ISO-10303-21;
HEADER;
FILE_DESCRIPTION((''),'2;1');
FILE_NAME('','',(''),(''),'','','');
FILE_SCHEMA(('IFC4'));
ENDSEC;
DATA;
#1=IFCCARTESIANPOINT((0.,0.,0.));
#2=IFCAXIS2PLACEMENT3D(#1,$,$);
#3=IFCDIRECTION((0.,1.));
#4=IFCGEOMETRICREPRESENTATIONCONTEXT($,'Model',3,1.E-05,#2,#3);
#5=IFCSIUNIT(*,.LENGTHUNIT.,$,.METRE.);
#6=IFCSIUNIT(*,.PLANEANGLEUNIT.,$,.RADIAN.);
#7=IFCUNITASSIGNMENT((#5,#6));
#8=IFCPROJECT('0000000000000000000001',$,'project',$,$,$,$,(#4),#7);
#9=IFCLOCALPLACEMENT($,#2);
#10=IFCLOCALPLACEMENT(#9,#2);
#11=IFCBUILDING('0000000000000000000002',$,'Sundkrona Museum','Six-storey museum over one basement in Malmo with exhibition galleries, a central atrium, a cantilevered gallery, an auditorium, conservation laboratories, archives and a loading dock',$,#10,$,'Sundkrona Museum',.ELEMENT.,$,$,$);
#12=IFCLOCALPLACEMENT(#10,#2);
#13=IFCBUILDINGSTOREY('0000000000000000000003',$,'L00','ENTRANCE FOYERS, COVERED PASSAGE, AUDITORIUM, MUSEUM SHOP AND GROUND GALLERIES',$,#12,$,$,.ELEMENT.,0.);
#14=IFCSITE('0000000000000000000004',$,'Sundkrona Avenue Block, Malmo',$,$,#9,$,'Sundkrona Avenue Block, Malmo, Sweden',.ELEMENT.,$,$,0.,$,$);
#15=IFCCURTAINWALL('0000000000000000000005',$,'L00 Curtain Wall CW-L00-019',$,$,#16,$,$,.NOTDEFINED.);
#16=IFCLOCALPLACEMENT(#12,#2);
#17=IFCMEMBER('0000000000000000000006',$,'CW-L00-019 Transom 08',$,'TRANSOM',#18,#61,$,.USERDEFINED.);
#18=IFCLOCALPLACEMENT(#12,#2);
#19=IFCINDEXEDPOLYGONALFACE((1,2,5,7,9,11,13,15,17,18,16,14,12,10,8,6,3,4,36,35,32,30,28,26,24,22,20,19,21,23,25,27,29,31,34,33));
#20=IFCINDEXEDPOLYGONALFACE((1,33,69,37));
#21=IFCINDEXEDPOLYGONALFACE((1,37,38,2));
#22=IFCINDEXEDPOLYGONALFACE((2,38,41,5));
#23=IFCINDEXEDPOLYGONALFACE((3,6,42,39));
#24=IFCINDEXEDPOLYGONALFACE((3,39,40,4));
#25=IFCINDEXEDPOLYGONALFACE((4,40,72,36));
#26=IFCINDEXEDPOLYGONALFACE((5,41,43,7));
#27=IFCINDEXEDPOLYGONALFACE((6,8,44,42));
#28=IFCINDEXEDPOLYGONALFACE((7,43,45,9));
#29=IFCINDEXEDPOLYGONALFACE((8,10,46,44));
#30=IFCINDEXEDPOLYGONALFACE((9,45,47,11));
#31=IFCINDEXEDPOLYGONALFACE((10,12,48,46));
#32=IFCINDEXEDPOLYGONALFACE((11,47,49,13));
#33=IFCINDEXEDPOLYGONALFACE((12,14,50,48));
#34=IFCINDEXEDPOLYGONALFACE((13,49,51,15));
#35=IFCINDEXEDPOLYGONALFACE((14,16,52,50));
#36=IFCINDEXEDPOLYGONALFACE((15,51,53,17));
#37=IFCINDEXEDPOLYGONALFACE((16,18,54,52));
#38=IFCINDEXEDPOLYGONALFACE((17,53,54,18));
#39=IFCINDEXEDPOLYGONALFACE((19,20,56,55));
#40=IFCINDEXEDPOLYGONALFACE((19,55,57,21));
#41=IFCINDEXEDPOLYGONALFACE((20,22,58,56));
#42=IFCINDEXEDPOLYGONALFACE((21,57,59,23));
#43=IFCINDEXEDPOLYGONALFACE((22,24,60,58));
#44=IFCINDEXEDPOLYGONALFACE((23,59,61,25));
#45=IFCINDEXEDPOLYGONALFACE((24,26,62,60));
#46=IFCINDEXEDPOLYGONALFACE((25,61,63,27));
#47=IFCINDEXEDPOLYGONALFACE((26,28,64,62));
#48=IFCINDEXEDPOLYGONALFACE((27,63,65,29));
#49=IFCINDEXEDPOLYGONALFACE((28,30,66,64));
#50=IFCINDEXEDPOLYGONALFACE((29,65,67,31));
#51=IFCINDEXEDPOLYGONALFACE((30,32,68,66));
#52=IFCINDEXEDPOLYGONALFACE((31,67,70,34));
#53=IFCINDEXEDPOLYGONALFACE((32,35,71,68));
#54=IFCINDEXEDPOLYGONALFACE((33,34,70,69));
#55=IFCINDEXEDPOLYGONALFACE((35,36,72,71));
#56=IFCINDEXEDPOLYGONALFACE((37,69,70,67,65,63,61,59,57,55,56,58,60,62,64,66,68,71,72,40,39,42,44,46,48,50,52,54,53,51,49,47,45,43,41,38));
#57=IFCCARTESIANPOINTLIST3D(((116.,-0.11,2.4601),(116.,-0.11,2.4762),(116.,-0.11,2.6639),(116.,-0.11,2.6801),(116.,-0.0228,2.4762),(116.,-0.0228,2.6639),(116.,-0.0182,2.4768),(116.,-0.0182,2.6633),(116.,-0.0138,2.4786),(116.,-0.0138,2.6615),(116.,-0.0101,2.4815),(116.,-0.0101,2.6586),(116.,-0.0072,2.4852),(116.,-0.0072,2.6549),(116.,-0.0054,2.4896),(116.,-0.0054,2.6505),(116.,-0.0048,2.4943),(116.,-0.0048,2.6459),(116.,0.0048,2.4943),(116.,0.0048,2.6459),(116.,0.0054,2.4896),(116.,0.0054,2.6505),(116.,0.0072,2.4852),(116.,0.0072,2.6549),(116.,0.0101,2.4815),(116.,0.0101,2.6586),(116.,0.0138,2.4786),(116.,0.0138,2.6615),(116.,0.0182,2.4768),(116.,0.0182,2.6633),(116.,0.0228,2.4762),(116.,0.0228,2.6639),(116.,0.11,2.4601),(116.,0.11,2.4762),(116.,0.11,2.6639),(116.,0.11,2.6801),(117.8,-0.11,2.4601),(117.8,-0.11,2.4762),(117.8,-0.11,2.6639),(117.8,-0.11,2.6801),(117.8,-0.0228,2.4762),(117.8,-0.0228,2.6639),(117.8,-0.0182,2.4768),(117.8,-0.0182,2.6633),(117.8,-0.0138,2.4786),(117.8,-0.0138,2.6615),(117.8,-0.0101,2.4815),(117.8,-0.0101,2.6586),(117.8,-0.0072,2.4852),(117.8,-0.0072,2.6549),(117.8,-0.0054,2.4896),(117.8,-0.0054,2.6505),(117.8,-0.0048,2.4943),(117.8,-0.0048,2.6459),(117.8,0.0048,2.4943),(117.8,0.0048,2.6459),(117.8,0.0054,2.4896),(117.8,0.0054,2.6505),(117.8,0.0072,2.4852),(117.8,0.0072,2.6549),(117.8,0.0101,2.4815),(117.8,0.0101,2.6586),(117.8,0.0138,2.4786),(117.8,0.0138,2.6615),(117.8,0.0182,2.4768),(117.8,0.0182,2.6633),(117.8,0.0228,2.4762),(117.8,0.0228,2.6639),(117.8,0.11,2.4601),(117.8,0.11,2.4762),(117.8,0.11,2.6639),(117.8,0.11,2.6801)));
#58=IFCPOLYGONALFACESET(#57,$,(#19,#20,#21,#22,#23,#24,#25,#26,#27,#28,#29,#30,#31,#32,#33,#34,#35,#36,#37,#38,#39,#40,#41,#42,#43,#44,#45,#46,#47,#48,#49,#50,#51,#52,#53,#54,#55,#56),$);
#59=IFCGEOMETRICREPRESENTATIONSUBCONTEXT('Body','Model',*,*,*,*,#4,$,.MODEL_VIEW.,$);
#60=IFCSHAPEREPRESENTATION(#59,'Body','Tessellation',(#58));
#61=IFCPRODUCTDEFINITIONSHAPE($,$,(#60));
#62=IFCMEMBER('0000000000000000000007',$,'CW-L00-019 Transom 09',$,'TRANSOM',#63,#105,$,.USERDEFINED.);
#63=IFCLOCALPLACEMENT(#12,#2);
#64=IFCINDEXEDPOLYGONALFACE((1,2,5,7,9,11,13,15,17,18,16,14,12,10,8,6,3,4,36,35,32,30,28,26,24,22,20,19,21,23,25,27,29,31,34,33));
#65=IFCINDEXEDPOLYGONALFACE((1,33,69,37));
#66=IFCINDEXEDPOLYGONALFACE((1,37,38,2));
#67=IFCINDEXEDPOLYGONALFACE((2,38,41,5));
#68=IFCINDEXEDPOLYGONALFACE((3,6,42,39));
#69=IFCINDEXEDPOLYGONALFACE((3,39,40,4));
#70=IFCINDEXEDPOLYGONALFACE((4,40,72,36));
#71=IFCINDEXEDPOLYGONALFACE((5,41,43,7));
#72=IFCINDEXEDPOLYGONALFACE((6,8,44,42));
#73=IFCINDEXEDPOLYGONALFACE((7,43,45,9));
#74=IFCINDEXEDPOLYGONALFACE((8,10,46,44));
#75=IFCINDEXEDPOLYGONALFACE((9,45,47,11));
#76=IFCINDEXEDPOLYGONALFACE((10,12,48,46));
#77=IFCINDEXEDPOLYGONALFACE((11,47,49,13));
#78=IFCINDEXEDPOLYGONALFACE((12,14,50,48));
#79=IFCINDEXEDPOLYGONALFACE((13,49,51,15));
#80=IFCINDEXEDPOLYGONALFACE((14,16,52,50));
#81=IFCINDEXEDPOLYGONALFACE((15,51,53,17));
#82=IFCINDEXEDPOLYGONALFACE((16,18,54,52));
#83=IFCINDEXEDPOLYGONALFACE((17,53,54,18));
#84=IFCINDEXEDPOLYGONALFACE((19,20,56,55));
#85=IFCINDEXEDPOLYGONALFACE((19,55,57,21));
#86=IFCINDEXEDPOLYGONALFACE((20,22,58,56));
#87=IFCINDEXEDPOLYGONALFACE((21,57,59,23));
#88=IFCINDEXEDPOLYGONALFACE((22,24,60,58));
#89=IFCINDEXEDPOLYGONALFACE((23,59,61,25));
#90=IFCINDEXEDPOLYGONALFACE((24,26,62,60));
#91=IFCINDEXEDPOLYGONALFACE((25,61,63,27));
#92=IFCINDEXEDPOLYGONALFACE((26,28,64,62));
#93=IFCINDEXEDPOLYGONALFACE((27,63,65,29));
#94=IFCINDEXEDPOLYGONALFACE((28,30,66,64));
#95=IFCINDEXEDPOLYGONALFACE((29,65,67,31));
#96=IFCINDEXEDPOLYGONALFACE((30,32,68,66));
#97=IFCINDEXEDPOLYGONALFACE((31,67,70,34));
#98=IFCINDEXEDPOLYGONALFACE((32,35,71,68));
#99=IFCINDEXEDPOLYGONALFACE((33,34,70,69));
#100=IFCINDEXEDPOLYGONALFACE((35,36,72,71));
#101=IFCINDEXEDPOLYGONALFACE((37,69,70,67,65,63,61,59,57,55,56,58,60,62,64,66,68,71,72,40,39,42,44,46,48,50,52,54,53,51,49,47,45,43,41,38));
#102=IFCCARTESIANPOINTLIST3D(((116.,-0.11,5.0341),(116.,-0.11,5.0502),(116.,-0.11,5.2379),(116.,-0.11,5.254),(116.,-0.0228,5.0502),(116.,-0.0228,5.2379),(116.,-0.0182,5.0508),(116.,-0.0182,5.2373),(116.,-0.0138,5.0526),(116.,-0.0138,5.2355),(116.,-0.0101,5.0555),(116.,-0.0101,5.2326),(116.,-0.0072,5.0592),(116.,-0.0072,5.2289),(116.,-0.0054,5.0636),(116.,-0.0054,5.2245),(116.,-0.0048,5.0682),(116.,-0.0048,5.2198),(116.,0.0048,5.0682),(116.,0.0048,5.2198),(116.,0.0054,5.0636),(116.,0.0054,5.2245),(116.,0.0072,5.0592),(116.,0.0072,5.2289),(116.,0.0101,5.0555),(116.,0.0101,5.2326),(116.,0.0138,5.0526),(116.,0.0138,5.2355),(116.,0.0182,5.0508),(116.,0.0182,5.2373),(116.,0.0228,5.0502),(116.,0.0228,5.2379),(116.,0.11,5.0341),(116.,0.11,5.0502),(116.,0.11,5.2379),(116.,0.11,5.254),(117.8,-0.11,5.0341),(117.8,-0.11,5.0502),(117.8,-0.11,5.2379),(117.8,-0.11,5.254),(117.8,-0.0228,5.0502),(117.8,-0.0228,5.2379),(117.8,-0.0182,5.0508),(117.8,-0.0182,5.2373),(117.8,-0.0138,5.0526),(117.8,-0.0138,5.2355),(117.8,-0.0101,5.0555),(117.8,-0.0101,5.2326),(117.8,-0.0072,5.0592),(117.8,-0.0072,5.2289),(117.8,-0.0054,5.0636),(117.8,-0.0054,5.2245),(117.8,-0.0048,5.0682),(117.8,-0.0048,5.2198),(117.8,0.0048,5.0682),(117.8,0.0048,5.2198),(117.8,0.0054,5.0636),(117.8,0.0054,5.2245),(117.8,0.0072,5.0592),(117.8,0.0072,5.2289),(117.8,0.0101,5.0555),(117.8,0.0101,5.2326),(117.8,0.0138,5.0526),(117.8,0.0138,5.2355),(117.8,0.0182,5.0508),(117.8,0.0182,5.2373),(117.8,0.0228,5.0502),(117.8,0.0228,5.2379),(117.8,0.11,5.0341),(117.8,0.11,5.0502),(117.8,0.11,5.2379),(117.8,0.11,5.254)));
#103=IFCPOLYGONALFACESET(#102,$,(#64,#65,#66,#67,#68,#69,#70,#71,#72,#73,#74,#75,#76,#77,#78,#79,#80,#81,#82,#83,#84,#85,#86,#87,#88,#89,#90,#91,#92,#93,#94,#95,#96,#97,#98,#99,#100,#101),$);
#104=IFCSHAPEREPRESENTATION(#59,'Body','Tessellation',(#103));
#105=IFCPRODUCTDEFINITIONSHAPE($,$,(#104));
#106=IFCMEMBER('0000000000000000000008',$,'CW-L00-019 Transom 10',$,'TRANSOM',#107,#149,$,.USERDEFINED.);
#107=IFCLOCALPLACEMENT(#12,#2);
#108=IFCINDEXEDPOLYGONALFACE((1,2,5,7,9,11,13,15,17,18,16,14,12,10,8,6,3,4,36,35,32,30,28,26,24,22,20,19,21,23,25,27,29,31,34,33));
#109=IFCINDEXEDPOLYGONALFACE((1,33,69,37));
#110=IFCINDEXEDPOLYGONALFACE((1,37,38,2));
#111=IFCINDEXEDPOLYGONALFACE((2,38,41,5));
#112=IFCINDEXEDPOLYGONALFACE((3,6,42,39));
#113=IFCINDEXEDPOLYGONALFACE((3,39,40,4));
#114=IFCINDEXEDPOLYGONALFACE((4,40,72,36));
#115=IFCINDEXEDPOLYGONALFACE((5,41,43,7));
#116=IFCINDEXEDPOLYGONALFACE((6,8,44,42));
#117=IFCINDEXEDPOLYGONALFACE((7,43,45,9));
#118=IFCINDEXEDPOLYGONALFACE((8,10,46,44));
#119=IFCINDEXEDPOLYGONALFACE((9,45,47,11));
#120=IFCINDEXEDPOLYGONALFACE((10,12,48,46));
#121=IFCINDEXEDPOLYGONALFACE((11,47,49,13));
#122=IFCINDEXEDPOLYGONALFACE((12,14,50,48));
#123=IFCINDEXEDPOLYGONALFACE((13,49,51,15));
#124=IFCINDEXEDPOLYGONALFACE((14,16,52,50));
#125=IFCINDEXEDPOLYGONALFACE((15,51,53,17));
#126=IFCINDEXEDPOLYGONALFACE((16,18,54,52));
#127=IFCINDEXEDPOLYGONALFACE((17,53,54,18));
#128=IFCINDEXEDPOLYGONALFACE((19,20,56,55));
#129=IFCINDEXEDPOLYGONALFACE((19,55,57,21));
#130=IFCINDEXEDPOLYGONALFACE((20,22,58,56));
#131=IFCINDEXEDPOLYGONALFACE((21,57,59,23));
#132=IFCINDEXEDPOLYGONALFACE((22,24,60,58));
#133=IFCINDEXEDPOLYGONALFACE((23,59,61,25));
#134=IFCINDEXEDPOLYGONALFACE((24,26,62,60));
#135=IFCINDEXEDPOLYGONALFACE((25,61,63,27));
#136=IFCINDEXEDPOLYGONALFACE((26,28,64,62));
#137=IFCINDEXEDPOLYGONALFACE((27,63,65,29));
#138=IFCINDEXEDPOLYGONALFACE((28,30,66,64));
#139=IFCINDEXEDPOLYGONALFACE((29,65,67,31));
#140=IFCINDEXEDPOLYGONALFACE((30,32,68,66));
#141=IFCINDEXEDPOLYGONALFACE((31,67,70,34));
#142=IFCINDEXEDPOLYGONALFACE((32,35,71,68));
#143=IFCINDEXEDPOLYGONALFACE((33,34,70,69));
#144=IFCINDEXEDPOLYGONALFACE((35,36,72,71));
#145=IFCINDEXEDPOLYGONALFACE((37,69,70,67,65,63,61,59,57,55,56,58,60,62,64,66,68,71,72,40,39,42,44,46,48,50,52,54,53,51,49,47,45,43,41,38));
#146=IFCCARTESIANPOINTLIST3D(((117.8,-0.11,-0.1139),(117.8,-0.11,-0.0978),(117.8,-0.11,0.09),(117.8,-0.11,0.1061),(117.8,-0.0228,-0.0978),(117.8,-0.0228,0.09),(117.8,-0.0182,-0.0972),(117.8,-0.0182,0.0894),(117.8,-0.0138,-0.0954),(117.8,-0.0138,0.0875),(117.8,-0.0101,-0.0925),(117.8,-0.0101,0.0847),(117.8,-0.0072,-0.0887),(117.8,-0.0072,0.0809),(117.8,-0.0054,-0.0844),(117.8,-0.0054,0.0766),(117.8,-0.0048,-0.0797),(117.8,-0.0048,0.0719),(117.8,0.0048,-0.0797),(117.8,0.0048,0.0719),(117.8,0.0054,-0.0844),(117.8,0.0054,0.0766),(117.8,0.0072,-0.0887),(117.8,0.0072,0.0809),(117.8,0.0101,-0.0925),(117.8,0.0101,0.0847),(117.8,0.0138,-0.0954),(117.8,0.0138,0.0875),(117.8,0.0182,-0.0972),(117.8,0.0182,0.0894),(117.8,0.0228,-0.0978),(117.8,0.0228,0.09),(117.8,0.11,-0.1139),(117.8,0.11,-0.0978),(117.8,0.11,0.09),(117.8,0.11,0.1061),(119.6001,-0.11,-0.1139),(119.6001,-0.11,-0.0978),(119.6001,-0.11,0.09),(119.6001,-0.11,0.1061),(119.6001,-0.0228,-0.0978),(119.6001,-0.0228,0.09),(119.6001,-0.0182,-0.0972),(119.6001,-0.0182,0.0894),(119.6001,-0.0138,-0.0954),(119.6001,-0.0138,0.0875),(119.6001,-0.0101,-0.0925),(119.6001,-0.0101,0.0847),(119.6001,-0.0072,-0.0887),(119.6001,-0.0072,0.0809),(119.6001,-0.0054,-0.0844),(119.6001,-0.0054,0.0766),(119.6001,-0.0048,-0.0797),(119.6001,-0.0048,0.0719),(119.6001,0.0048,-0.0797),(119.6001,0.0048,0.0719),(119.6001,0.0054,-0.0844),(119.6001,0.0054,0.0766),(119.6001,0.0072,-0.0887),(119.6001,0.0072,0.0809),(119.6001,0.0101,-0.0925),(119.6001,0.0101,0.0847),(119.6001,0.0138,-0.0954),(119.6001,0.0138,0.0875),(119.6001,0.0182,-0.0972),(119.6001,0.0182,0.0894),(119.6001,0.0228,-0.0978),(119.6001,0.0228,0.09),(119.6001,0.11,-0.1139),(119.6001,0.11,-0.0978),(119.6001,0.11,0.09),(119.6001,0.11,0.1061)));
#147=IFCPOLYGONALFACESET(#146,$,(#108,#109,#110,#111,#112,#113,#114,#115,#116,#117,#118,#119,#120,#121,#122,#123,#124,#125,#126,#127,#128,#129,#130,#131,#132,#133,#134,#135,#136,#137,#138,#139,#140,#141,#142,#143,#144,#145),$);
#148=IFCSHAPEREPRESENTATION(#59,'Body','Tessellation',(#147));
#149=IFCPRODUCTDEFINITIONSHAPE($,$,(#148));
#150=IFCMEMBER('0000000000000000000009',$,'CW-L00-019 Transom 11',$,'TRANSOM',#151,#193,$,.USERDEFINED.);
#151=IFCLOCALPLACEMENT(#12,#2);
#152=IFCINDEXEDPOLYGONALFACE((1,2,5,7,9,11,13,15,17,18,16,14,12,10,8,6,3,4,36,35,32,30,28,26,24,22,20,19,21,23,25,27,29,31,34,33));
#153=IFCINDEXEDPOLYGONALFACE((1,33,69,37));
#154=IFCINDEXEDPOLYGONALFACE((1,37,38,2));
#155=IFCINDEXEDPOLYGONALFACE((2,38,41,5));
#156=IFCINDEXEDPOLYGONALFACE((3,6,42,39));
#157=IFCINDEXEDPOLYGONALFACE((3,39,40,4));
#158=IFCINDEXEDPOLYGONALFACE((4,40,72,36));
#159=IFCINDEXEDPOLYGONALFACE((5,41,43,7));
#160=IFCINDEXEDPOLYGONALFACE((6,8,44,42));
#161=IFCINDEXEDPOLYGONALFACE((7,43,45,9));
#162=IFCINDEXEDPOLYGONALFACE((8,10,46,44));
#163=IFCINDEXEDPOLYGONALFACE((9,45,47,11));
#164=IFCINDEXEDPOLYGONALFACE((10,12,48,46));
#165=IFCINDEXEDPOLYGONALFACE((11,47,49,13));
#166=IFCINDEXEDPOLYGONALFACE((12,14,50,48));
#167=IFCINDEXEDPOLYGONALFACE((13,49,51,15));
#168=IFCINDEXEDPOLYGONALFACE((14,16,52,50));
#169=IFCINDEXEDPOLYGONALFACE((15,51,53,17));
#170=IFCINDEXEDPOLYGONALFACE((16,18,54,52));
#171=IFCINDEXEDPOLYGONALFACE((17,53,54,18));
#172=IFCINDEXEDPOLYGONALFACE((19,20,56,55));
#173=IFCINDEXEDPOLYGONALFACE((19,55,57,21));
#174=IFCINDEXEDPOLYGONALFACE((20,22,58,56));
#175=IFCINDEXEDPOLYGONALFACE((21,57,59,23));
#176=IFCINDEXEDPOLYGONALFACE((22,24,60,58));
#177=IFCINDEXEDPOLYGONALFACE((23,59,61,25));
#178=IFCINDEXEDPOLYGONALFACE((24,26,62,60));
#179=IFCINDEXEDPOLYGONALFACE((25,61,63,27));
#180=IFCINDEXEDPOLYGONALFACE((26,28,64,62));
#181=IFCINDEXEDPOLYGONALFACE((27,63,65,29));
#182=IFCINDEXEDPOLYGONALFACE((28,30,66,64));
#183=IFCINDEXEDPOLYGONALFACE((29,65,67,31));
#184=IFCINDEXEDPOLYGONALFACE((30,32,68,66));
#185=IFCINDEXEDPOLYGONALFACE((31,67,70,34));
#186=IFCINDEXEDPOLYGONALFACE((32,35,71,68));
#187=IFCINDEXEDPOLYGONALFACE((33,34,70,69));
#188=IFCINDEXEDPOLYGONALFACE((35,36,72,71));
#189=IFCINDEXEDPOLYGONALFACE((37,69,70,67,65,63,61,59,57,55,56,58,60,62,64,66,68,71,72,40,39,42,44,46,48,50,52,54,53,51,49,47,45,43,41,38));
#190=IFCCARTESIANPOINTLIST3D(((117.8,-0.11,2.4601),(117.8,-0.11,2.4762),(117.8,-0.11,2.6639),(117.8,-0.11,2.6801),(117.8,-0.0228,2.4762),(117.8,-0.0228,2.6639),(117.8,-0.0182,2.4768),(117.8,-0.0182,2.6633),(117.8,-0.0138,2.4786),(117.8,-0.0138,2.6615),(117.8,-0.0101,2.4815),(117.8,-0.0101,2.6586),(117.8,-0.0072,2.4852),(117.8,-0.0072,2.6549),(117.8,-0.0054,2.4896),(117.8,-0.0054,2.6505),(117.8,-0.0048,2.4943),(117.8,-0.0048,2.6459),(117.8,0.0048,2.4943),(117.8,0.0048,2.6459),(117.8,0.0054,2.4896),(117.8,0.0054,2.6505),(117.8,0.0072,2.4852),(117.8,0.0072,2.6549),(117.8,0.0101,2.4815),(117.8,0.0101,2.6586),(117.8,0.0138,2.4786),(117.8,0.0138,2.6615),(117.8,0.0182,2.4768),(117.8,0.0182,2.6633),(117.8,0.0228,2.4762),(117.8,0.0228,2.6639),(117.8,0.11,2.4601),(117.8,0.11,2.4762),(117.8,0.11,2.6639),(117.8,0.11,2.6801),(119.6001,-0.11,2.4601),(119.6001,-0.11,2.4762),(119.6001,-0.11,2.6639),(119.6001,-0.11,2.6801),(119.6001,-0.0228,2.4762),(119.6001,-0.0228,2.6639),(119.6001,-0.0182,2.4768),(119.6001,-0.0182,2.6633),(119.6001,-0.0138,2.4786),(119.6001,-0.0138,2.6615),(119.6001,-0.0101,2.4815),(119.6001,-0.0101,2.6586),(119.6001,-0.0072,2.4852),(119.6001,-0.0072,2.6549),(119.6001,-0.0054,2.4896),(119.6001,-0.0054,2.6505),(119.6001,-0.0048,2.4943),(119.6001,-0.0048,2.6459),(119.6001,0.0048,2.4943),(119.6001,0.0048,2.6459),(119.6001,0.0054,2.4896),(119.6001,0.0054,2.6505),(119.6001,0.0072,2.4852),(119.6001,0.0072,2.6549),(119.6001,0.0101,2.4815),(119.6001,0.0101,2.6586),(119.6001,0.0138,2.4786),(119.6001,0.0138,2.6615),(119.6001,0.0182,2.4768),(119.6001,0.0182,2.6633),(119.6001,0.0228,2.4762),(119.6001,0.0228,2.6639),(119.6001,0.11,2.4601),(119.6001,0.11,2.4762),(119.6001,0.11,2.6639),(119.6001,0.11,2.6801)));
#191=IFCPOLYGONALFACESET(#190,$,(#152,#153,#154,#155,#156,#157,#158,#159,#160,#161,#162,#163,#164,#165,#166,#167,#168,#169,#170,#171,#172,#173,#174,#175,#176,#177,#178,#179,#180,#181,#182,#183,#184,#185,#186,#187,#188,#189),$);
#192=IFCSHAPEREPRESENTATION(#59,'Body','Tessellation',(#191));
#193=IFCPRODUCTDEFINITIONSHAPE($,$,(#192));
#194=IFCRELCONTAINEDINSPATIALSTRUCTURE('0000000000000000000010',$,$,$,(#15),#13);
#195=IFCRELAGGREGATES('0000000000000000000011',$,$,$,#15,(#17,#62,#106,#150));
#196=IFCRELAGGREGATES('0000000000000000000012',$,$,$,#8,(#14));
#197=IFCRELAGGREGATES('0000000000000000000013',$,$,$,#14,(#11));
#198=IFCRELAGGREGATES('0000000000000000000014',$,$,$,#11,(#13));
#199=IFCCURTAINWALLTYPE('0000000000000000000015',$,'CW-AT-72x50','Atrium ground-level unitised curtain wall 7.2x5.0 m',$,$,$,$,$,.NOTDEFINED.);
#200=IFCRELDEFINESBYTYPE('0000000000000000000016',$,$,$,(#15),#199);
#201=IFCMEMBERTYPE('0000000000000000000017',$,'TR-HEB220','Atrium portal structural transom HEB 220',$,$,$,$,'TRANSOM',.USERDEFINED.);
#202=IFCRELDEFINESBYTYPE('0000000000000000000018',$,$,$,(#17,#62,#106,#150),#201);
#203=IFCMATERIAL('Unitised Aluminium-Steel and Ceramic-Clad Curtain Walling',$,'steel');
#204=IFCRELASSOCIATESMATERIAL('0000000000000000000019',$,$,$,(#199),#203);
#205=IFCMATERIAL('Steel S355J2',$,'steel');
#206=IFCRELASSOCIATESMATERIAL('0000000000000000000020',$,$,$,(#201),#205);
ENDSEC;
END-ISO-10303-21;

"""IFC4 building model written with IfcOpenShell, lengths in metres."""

from ifc_helpers import new_model, si_unit, direction, frame, origin, origin_2d, place, context, subcontext, project, spatial, i_section, extrude, material, material_profile, profile_set, type_object, element, aggregate, save


model = new_model("IFC4")

# Units and contexts
model_context = context("Model", 3, precision=1e-05, world=origin(), true_north=direction((0.0, 1.0)))
body_context = subcontext(model_context, "Body", "Model", "MODEL_VIEW")
ifc_project = project(units=[si_unit("LENGTHUNIT", "METRE"), si_unit("PLANEANGLEUNIT", "RADIAN")], contexts=[model_context])

# Site, building, storey
site_placement = place(None, origin())
site = spatial("IfcSite", under=ifc_project, at=site_placement, Name="Sundkrona Avenue Block, Malmo", LongName="Sundkrona Avenue Block, Malmo, Sweden", CompositionType="ELEMENT", RefElevation=0.0)
building_placement = place(site_placement, origin())
building = spatial("IfcBuilding", under=site, at=building_placement, Name="Sundkrona Museum", Description="Six-storey museum over one basement in Malmo with exhibition galleries, a central atrium, a cantilevered gallery, an auditorium, conservation laboratories, archives and a loading dock", LongName="Sundkrona Museum", CompositionType="ELEMENT")
storey_placement = place(building_placement, origin())
storey = spatial("IfcBuildingStorey", under=building, at=storey_placement, Name="L00", Description="ENTRANCE FOYERS, COVERED PASSAGE, AUDITORIUM, MUSEUM SHOP AND GROUND GALLERIES", CompositionType="ELEMENT", Elevation=0.0)

# Shared definitions
ifc_material_1 = material(Name="Steel S355J2", Category="steel")

# Curtain wall
ifc_material_2 = material(Name="Unitised Aluminium-Steel and Ceramic-Clad Curtain Walling", Category="steel")
curtain_wall_type = type_object("IfcCurtainWallType", Name="CW-AT-72x50", Description="Atrium ground-level unitised curtain wall 7.2x5.0 m", PredefinedType="NOTDEFINED", material=ifc_material_2)
curtain_wall_placement = place(storey_placement, origin())
curtain_wall = element("IfcCurtainWall", 1, at=curtain_wall_placement, inside=storey, type_object=curtain_wall_type, Name="L00 Curtain Wall CW-L00-019", PredefinedType="NOTDEFINED")

# Members
ifc_material_profile_1 = material_profile(ifc_material_1, i_section(OverallWidth=0.22, OverallDepth=0.22, WebThickness=0.0095, FlangeThickness=0.0161, FilletRadius=0.0181, at=origin_2d()), Name="HEB 220")
ifc_profile_set_1 = profile_set([ifc_material_profile_1], Name="Steel S355J2")
member_type_1 = type_object("IfcMemberType", Name="TR-HEB220", Description="Atrium portal structural transom HEB 220", ElementType="TRANSOM", PredefinedType="USERDEFINED", material=ifc_profile_set_1)
member_1_placement = place(storey_placement, frame((116.0, 0.0, 2.5701), z_axis=(1.0, 0.0, 0.0), x_axis=(0.0, 1.0, 0.0)))
member_1 = element("IfcMember", 2, at=member_1_placement, type_object=member_type_1, Name="CW-L00-019 Transom 08", ObjectType="TRANSOM", PredefinedType="USERDEFINED", context=body_context, shape_type="SweptSolid", body=[
    extrude(i_section(OverallWidth=0.22, OverallDepth=0.22, WebThickness=0.0095, FlangeThickness=0.0161, FilletRadius=0.0181, at=origin_2d()), origin(), (0.0, 0.0, 1.0), 1.8),
])
member_2_placement = place(storey_placement, frame((116.0, 0.0, 5.144), z_axis=(1.0, 0.0, 0.0), x_axis=(0.0, 1.0, 0.0)))
member_2 = element("IfcMember", 3, at=member_2_placement, type_object=member_type_1, Name="CW-L00-019 Transom 09", ObjectType="TRANSOM", PredefinedType="USERDEFINED", context=body_context, shape_type="SweptSolid", body=[
    extrude(i_section(OverallWidth=0.22, OverallDepth=0.22, WebThickness=0.0095, FlangeThickness=0.0161, FilletRadius=0.0181, at=origin_2d()), origin(), (0.0, 0.0, 1.0), 1.8),
])
member_3_placement = place(storey_placement, frame((117.8, 0.0, -0.0039), z_axis=(1.0, 0.0, 0.0), x_axis=(0.0, 1.0, 0.0)))
member_3 = element("IfcMember", 4, at=member_3_placement, type_object=member_type_1, Name="CW-L00-019 Transom 10", ObjectType="TRANSOM", PredefinedType="USERDEFINED", context=body_context, shape_type="SweptSolid", body=[
    extrude(i_section(OverallWidth=0.22, OverallDepth=0.22, WebThickness=0.0095, FlangeThickness=0.0161, FilletRadius=0.0181, at=origin_2d()), origin(), (0.0, 0.0, 1.0), 1.8),
])
member_4_placement = place(storey_placement, frame((117.8, 0.0, 2.5701), z_axis=(1.0, 0.0, 0.0), x_axis=(0.0, 1.0, 0.0)))
member_4 = element("IfcMember", 5, at=member_4_placement, type_object=member_type_1, Name="CW-L00-019 Transom 11", ObjectType="TRANSOM", PredefinedType="USERDEFINED", context=body_context, shape_type="SweptSolid", body=[
    extrude(i_section(OverallWidth=0.22, OverallDepth=0.22, WebThickness=0.0095, FlangeThickness=0.0161, FilletRadius=0.0181, at=origin_2d()), origin(), (0.0, 0.0, 1.0), 1.8),
])

aggregate(curtain_wall, [member_1, member_2, member_3, member_4])

save(model, "model.ifc")
